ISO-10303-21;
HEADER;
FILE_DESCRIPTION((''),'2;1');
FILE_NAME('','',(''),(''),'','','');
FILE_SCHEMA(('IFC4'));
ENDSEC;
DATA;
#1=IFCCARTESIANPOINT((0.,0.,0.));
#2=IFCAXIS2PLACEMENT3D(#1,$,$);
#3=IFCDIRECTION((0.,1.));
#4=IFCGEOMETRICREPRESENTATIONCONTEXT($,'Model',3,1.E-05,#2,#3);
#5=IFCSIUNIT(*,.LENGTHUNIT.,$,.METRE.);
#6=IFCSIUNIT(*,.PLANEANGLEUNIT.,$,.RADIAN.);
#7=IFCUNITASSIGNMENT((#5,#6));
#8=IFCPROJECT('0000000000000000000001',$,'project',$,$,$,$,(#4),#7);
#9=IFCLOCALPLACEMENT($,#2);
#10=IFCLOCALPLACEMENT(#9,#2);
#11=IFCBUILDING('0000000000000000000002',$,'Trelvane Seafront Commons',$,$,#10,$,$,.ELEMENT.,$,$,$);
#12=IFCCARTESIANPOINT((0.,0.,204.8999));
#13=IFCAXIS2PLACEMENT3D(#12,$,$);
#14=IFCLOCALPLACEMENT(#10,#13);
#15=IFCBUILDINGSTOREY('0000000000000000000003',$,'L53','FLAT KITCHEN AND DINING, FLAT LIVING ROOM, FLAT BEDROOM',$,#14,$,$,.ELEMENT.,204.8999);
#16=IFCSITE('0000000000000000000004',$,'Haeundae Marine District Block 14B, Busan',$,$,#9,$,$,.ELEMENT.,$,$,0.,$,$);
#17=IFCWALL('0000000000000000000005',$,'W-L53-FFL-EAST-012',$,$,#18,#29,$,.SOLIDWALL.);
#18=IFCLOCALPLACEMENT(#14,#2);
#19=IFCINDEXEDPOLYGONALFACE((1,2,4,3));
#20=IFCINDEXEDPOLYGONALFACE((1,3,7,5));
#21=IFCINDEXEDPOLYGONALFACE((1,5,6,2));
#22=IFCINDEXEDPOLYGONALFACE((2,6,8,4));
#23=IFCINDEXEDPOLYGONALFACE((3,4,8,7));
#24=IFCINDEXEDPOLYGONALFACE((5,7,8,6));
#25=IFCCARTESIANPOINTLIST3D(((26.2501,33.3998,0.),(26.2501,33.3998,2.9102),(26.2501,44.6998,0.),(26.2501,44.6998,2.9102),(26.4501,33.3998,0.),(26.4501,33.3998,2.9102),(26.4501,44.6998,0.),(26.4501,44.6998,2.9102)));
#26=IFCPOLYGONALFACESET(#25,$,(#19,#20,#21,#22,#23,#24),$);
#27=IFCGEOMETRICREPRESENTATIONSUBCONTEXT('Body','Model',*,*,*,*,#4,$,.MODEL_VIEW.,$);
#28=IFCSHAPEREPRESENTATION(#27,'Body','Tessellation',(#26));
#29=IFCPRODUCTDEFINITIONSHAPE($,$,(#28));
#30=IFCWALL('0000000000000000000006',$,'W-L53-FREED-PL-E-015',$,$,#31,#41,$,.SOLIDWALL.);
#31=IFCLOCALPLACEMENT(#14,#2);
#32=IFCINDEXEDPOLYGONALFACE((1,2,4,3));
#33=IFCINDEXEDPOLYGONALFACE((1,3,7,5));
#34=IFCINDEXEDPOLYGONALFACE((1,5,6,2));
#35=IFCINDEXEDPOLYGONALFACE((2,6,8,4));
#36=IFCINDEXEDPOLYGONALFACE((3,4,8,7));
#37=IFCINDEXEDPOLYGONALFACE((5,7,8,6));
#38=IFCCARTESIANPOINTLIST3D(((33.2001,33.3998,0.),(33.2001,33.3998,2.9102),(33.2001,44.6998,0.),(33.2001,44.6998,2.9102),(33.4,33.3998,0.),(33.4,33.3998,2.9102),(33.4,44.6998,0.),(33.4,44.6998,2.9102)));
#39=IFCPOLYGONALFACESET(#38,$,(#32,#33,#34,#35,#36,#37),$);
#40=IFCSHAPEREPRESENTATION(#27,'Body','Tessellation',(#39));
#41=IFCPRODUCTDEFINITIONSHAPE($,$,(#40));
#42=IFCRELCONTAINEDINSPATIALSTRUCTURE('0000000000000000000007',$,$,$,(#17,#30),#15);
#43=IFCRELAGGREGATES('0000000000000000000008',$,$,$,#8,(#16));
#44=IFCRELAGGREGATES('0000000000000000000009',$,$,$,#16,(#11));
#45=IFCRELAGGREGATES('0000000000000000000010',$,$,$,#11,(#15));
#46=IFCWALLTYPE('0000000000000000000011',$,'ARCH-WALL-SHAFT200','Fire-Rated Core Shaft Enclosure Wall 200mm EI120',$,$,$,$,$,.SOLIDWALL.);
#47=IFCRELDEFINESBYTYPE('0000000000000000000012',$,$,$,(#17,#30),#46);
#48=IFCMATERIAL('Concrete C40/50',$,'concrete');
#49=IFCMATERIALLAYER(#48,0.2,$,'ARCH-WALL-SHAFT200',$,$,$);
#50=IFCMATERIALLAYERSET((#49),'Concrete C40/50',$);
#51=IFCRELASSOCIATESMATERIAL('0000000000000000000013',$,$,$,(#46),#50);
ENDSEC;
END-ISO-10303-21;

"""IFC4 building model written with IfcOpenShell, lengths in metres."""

from ifc_helpers import new_model, si_unit, direction, frame, frame_2d, origin, place, context, subcontext, project, spatial, rectangle, extrude, material, layer, layer_set, type_object, element, save


model = new_model("IFC4")

# Units and contexts
model_context = context("Model", 3, precision=1e-05, world=origin(), true_north=direction((0.0, 1.0)))
body_context = subcontext(model_context, "Body", "Model", "MODEL_VIEW")
ifc_project = project(units=[si_unit("LENGTHUNIT", "METRE"), si_unit("PLANEANGLEUNIT", "RADIAN")], contexts=[model_context])

# Site, building, storey
site_placement = place(None, origin())
site = spatial("IfcSite", under=ifc_project, at=site_placement, Name="Haeundae Marine District Block 14B, Busan", CompositionType="ELEMENT", RefElevation=0.0)
building_placement = place(site_placement, origin())
building = spatial("IfcBuilding", under=site, at=building_placement, Name="Trelvane Seafront Commons", CompositionType="ELEMENT")
storey_placement = place(building_placement, frame((0.0, 0.0, 204.8999)))
storey = spatial("IfcBuildingStorey", under=building, at=storey_placement, Name="L53", Description="FLAT KITCHEN AND DINING, FLAT LIVING ROOM, FLAT BEDROOM", CompositionType="ELEMENT", Elevation=204.8999)

# Shared definitions
ifc_material_1 = material(Name="Concrete C40/50", Category="concrete")

# Walls
ifc_layer_1 = layer(ifc_material_1, 0.2, Name="ARCH-WALL-SHAFT200")
ifc_layer_set_1 = layer_set([ifc_layer_1], Name="Concrete C40/50")
wall_type_1 = type_object("IfcWallType", Name="ARCH-WALL-SHAFT200", Description="Fire-Rated Core Shaft Enclosure Wall 200mm EI120", PredefinedType="SOLIDWALL", material=ifc_layer_set_1)
for number, where, z_axis, x_axis, name in (
    (1, (26.3501, 33.3999, 0.0), (0.0, 0.0, 1.0), (0.0, 1.0, 0.0), "W-L53-FFL-EAST-012"),
    (2, (33.3, 33.3999, 0.0), (0.0, 0.0, 1.0), (0.0, 1.0, 0.0), "W-L53-FREED-PL-E-015"),
):
    element("IfcWall", number, at=place(storey_placement, frame(where, z_axis=z_axis, x_axis=x_axis)), inside=storey, type_object=wall_type_1, Name=name, PredefinedType="SOLIDWALL", context=body_context, shape_type="SweptSolid", body=[
        extrude(rectangle(XDim=11.3, YDim=0.2, at=frame_2d((5.6499, 0.0))), origin(), (0.0, 0.0, 1.0), 2.9102),
    ])

save(model, "model.ifc")
